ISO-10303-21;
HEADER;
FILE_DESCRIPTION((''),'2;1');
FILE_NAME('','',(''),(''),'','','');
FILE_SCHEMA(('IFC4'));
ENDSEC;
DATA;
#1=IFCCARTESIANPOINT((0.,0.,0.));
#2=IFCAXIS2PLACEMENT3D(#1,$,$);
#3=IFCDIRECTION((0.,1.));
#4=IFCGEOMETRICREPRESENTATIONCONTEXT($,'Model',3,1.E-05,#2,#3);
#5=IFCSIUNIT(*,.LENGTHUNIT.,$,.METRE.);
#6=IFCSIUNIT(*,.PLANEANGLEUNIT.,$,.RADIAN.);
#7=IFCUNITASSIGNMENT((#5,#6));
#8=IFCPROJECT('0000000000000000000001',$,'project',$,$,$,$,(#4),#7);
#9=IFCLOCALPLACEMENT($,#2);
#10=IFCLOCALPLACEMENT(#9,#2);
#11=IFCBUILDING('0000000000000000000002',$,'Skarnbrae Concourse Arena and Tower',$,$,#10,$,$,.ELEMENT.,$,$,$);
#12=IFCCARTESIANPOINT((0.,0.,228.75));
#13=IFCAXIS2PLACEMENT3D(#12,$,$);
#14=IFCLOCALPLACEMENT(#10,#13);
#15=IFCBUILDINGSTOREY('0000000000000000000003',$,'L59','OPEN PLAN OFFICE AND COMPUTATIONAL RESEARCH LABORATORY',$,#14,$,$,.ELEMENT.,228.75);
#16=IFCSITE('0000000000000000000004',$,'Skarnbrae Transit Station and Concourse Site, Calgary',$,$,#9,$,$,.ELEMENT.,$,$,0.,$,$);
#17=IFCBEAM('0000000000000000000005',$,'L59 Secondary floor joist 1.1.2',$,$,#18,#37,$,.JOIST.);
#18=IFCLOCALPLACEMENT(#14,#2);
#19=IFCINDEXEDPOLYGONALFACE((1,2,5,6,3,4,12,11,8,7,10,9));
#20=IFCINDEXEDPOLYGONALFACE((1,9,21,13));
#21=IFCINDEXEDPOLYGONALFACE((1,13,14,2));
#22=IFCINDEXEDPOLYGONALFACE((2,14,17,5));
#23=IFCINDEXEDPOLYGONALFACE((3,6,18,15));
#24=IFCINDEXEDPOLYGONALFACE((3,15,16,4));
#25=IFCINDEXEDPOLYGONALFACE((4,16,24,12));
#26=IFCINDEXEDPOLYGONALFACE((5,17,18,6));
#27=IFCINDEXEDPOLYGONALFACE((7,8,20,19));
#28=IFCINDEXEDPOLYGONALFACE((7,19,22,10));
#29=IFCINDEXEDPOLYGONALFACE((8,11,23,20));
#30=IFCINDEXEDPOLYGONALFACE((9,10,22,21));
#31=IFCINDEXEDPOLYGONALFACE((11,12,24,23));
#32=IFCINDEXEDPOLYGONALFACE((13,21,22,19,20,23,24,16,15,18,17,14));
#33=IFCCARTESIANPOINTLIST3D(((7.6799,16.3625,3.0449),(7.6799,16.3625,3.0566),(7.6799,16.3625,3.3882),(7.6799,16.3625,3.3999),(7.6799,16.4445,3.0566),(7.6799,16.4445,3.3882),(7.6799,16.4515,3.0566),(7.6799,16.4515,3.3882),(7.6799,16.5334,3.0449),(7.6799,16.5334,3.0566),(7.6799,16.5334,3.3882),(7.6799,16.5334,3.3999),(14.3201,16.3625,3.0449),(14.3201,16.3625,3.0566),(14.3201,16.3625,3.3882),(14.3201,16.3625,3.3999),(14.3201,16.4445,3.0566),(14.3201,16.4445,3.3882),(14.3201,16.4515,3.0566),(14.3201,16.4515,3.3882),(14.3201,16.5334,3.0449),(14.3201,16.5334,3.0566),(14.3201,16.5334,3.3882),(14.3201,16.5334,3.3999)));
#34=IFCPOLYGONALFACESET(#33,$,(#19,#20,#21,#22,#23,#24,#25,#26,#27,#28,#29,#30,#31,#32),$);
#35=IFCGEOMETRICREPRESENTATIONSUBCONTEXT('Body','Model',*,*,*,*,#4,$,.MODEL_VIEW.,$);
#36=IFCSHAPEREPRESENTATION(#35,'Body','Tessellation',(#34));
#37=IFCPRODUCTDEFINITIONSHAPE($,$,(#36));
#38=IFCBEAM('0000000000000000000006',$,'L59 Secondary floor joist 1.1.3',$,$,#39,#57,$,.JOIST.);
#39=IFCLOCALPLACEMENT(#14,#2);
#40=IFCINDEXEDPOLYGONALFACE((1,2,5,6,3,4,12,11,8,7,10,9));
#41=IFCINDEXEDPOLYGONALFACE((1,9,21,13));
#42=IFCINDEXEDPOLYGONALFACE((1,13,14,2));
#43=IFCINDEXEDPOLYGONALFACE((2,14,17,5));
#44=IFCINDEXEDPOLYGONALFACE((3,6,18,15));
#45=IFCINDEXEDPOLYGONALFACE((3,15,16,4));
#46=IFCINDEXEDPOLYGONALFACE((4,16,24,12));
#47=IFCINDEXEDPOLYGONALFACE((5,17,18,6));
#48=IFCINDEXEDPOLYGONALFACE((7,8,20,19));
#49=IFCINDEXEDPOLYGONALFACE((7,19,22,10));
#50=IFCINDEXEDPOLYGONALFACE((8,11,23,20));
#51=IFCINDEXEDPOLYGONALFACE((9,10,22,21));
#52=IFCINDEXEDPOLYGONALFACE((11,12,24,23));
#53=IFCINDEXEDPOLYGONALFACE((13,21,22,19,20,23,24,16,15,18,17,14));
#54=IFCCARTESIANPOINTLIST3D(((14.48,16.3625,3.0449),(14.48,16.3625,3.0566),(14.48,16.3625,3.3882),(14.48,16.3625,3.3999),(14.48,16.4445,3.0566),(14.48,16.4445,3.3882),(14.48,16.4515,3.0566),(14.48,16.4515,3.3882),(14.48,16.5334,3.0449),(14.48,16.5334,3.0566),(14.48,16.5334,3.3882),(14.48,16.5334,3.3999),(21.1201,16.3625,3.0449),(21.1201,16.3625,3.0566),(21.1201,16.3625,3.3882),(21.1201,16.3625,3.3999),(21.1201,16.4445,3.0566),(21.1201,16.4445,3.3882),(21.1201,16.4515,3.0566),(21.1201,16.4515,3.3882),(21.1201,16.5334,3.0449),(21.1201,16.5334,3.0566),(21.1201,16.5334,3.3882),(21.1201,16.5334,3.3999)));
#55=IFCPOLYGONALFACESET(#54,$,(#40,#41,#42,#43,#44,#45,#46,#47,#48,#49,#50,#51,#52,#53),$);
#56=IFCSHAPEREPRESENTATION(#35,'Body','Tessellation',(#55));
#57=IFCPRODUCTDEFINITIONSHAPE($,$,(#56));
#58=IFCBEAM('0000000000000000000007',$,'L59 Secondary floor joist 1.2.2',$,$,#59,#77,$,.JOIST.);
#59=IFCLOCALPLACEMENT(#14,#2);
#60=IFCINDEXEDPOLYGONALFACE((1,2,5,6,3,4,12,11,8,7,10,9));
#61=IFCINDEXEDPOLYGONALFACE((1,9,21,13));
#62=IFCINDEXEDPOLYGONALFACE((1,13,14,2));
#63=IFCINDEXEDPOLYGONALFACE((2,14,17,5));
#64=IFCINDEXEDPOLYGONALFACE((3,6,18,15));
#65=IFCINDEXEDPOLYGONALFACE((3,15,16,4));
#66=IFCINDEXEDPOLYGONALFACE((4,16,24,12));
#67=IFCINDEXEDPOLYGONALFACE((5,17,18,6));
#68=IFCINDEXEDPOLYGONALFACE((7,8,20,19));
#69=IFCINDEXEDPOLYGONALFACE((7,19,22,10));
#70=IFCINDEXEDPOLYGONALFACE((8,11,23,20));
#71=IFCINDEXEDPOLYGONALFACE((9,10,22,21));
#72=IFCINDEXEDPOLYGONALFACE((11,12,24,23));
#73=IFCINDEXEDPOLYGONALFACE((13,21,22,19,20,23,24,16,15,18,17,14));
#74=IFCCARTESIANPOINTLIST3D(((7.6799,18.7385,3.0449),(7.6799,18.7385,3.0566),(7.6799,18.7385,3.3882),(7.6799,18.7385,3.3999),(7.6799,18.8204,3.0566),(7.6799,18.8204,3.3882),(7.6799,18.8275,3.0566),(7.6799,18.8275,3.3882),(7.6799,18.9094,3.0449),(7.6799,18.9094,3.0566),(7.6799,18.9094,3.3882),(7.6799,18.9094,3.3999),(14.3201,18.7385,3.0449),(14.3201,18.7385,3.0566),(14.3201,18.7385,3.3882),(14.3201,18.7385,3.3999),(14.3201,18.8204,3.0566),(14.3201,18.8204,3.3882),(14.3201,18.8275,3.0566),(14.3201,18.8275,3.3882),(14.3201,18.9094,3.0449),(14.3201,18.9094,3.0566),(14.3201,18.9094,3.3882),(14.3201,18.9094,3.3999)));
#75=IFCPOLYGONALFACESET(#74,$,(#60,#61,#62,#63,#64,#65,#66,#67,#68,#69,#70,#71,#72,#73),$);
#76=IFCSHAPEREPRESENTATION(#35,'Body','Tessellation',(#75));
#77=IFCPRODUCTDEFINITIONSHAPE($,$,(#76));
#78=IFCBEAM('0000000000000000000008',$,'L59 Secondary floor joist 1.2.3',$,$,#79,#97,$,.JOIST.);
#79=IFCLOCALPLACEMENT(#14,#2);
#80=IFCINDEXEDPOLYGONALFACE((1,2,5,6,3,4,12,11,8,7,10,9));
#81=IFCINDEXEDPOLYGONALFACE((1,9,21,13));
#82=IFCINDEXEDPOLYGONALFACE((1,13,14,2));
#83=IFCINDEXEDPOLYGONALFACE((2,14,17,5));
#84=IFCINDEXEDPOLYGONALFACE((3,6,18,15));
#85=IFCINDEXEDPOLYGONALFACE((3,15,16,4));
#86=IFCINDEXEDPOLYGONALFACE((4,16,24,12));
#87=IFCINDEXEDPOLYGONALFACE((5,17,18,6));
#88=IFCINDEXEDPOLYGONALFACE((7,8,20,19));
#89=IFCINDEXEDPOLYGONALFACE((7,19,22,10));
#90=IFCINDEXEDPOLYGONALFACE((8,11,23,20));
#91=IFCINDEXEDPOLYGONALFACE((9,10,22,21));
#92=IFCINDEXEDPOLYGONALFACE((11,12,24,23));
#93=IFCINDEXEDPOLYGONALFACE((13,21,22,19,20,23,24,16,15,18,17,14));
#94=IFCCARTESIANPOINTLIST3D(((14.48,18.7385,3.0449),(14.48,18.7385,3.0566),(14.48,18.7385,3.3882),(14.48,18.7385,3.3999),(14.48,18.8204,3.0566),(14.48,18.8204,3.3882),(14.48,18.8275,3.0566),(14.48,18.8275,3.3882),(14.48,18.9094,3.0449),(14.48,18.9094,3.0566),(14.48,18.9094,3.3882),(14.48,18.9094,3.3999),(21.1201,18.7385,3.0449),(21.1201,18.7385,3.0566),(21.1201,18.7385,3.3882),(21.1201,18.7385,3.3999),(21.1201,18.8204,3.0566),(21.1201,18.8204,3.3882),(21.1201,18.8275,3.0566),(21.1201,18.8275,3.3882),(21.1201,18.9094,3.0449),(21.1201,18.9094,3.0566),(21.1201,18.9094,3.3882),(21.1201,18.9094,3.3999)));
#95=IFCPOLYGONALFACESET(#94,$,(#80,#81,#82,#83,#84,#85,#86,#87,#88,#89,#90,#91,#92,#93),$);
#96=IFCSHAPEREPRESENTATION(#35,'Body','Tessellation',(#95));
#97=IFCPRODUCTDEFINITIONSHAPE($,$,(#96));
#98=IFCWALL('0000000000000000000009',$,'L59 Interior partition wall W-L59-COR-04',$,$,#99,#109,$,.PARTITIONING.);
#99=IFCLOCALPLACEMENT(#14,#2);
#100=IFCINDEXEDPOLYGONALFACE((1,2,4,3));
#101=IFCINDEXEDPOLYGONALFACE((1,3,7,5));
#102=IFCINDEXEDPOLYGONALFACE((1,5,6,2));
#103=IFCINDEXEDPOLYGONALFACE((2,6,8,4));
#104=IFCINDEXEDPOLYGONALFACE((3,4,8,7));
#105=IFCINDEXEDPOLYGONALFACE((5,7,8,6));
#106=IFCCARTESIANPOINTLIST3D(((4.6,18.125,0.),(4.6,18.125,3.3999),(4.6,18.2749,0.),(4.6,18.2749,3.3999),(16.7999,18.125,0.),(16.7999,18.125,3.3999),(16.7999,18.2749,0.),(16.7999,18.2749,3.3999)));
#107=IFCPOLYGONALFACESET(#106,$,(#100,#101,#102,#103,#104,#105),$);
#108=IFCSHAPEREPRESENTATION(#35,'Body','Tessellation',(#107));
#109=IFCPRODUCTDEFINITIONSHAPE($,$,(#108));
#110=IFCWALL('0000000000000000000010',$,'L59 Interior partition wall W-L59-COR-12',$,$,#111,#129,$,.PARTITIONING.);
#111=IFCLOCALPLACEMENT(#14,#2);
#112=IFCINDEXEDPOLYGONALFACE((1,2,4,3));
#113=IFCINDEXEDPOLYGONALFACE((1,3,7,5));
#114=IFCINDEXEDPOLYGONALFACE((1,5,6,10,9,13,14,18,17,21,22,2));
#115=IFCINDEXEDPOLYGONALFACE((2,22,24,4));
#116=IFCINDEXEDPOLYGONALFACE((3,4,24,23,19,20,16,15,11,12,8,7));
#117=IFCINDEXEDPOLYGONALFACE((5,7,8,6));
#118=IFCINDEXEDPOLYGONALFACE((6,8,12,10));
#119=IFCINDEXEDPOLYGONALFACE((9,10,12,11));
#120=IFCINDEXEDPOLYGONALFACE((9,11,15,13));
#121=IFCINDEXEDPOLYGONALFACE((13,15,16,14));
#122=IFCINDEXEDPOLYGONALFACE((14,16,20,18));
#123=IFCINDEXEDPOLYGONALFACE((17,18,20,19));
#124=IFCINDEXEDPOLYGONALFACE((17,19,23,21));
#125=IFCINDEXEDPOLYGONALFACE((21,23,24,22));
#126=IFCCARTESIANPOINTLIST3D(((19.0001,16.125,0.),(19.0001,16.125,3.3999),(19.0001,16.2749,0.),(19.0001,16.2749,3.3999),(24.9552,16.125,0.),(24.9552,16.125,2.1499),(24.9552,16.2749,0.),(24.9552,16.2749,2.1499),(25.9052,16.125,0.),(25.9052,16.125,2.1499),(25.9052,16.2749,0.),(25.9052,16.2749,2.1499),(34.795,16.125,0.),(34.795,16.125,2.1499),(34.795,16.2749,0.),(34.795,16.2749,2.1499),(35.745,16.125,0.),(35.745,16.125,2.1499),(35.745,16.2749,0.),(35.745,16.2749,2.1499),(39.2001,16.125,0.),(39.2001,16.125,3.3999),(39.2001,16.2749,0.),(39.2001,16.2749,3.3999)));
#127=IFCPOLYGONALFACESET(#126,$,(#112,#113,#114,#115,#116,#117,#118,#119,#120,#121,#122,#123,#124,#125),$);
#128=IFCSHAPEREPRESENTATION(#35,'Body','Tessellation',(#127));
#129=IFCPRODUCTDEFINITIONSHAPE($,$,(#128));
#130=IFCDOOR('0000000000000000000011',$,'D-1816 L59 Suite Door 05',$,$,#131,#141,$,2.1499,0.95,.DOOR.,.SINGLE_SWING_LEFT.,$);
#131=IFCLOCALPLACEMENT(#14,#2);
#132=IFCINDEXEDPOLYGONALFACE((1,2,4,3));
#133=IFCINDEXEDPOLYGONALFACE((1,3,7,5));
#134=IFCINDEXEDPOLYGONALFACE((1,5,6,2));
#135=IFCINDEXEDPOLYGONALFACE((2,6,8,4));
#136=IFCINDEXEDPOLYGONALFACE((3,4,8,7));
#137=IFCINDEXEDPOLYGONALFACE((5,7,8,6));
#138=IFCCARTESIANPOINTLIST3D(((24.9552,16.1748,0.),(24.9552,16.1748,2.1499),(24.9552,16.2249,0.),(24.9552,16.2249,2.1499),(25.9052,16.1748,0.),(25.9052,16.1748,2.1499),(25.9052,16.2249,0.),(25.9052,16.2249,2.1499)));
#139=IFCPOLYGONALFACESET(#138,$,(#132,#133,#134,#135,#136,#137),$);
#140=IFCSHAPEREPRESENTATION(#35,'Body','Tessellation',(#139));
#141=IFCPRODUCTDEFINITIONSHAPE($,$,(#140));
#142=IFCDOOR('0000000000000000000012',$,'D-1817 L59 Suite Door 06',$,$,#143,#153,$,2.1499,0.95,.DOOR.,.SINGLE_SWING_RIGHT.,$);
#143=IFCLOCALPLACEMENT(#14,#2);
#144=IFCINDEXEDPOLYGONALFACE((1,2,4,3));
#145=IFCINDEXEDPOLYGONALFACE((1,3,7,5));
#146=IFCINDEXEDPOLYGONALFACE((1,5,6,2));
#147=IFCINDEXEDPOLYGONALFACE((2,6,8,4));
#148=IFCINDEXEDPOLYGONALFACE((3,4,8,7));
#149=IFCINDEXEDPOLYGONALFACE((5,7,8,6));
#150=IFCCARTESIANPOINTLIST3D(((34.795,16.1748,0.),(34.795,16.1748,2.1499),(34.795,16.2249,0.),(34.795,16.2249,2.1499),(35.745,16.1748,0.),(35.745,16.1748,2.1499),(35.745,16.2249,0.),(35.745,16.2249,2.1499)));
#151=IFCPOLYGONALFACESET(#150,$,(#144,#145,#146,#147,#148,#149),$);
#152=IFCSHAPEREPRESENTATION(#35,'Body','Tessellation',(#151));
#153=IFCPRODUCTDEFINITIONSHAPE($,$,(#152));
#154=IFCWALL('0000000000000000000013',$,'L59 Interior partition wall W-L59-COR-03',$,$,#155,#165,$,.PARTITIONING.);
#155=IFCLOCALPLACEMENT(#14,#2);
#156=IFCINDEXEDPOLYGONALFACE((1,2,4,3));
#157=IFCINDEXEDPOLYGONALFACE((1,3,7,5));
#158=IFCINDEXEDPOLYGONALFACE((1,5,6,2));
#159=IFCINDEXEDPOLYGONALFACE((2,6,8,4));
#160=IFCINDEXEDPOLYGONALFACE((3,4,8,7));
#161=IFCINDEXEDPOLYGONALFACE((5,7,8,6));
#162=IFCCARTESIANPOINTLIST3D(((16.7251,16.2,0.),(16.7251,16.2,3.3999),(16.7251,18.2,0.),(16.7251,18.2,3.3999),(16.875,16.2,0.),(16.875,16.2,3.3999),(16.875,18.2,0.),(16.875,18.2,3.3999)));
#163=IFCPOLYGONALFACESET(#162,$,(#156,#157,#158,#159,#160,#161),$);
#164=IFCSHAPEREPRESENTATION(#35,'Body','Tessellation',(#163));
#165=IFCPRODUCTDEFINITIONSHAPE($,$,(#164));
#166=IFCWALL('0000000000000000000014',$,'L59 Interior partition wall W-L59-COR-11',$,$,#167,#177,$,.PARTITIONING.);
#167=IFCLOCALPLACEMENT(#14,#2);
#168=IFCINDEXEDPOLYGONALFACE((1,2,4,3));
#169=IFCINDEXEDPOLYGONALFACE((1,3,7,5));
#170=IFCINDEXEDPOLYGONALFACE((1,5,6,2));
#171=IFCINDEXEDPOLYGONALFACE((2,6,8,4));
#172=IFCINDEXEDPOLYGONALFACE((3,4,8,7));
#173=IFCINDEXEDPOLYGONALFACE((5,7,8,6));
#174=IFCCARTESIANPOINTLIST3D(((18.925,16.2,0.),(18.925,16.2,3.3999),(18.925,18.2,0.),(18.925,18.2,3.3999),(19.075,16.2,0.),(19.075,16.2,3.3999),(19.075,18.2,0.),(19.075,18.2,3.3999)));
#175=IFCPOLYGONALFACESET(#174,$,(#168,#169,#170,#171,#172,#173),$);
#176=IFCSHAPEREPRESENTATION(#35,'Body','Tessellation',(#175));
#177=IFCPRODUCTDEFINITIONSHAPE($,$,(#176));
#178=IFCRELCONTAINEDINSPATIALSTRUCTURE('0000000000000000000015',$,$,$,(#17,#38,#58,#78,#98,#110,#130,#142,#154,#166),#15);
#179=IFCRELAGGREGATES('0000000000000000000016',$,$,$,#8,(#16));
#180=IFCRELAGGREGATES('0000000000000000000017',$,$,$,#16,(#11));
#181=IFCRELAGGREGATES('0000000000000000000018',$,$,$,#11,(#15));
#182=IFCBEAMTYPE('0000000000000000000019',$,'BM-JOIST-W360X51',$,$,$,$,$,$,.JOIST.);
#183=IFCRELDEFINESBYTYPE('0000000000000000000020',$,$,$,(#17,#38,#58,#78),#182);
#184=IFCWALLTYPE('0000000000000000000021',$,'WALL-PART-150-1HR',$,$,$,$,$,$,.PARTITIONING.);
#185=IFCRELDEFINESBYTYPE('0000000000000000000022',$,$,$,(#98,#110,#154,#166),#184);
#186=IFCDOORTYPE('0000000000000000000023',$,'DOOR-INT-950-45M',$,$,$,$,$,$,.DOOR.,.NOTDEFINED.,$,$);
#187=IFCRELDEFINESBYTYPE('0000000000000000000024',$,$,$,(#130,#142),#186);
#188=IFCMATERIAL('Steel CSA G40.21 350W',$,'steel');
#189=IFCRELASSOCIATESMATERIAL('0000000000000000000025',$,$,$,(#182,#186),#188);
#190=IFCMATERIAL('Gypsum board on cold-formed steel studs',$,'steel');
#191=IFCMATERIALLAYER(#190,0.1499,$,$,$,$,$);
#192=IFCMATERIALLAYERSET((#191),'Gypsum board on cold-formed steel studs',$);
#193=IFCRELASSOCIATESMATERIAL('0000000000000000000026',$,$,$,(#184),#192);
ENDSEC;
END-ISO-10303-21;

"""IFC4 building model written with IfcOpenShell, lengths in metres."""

from ifc_helpers import new_model, si_unit, direction, frame, frame_2d, origin, origin_2d, place, context, subcontext, project, spatial, rectangle, i_section, extrude, source, transform, mapped, material, layer, layer_set, material_profile, profile_set, type_object, element, fill, save


model = new_model("IFC4")

# Units and contexts
model_context = context("Model", 3, precision=1e-05, world=origin(), true_north=direction((0.0, 1.0)))
body_context = subcontext(model_context, "Body", "Model", "MODEL_VIEW")
ifc_project = project(units=[si_unit("LENGTHUNIT", "METRE"), si_unit("PLANEANGLEUNIT", "RADIAN")], contexts=[model_context])

# Site, building, storey
site_placement = place(None, origin())
site = spatial("IfcSite", under=ifc_project, at=site_placement, Name="Skarnbrae Transit Station and Concourse Site, Calgary", CompositionType="ELEMENT", RefElevation=0.0)
building_placement = place(site_placement, origin())
building = spatial("IfcBuilding", under=site, at=building_placement, Name="Skarnbrae Concourse Arena and Tower", CompositionType="ELEMENT")
storey_placement = place(building_placement, frame((0.0, 0.0, 228.75)))
storey = spatial("IfcBuildingStorey", under=building, at=storey_placement, Name="L59", Description="OPEN PLAN OFFICE AND COMPUTATIONAL RESEARCH LABORATORY", CompositionType="ELEMENT", Elevation=228.75)

# Shared definitions
ifc_material_1 = material(Name="Steel CSA G40.21 350W", Category="steel")

# Beams
ifc_material_profile_1 = material_profile(ifc_material_1, i_section(OverallWidth=0.1709, OverallDepth=0.355, WebThickness=0.0071, FlangeThickness=0.0117, at=origin_2d()), Name="W360X51")
ifc_profile_set_1 = profile_set([ifc_material_profile_1], Name="Steel CSA G40.21 350W")
beam_type_1 = type_object("IfcBeamType", Name="BM-JOIST-W360X51", PredefinedType="JOIST", material=ifc_profile_set_1)
shared_shape_1 = source(origin(), body_context, "Body", "SweptSolid", [
    extrude(i_section(OverallWidth=0.1709, OverallDepth=0.355, WebThickness=0.0071, FlangeThickness=0.0117, at=origin_2d()), origin(), (0.0, 0.0, 1.0), 6.6401),
])
for number, where, z_axis, x_axis, name in (
    (1, (7.6799, 16.448, 3.2224), (1.0, 0.0, 0.0), (0.0, 1.0, 0.0), "L59 Secondary floor joist 1.1.2"),
    (2, (14.48, 16.448, 3.2224), (1.0, 0.0, 0.0), (0.0, 1.0, 0.0), "L59 Secondary floor joist 1.1.3"),
    (3, (7.6799, 18.824, 3.2224), (1.0, 0.0, 0.0), (0.0, 1.0, 0.0), "L59 Secondary floor joist 1.2.2"),
    (4, (14.48, 18.824, 3.2224), (1.0, 0.0, 0.0), (0.0, 1.0, 0.0), "L59 Secondary floor joist 1.2.3"),
):
    element("IfcBeam", number, at=place(storey_placement, frame(where, z_axis=z_axis, x_axis=x_axis)), inside=storey, type_object=beam_type_1, Name=name, PredefinedType="JOIST", context=body_context, shape_type="MappedRepresentation", body=[
        mapped(shared_shape_1, transform((0.0, 0.0, 0.0))),
    ])

# Wall
ifc_material_2 = material(Name="Gypsum board on cold-formed steel studs", Category="steel")
ifc_layer_1 = layer(ifc_material_2, 0.1499)
ifc_layer_set_1 = layer_set([ifc_layer_1], Name="Gypsum board on cold-formed steel studs")
wall_type_1 = type_object("IfcWallType", Name="WALL-PART-150-1HR", PredefinedType="PARTITIONING", material=ifc_layer_set_1)
shared_shape_2 = source(origin(), body_context, "Body", "SweptSolid", [
    extrude(rectangle(XDim=12.2, YDim=0.1499, at=frame_2d((6.1001, 0.0))), origin(), (0.0, 0.0, 1.0), 3.3999),
])
wall_1_placement = place(storey_placement, frame((16.8, 18.2, 0.0), z_axis=(0.0, 0.0, 1.0), x_axis=(-1.0, 0.0, 0.0)))
element("IfcWall", 5, at=wall_1_placement, inside=storey, type_object=wall_type_1, Name="L59 Interior partition wall W-L59-COR-04", PredefinedType="PARTITIONING", context=body_context, shape_type="MappedRepresentation", body=[
    mapped(shared_shape_2, transform((0.0, 0.0, 0.0))),
])

# Wall, openings, doors
shared_shape_3 = source(origin(), body_context, "Body", "SweptSolid", [
    extrude(rectangle(XDim=20.2, YDim=0.1499, at=frame_2d((10.1001, 0.0))), origin(), (0.0, 0.0, 1.0), 3.3999),
])
wall_2_placement = place(storey_placement, frame((19.0, 16.2, 0.0), z_axis=(0.0, 0.0, 1.0), x_axis=(1.0, 0.0, 0.0)))
wall_2 = element("IfcWall", 6, at=wall_2_placement, inside=storey, type_object=wall_type_1, Name="L59 Interior partition wall W-L59-COR-12", PredefinedType="PARTITIONING", context=body_context, shape_type="MappedRepresentation", body=[
    mapped(shared_shape_3, transform((0.0, 0.0, 0.0))),
])
opening_1_placement = place(wall_2_placement, frame((5.9551, 0.0, 0.0)))
opening_1 = element("IfcOpeningElement", 7, at=opening_1_placement, cuts=wall_2, PredefinedType="OPENING", context=body_context, shape_type="SweptSolid", body=[
    extrude(rectangle(XDim=0.95, YDim=2.1499, at=frame_2d((0.4751, 1.075))), frame((0.0, 0.085, 0.0), z_axis=(0.0, -1.0, 0.0), x_axis=(1.0, 0.0, 0.0)), (0.0, 0.0, 1.0), 0.1699),
])
opening_2_placement = place(wall_2_placement, frame((15.7949, 0.0, 0.0)))
opening_2 = element("IfcOpeningElement", 8, at=opening_2_placement, cuts=wall_2, PredefinedType="OPENING", context=body_context, shape_type="SweptSolid", body=[
    extrude(rectangle(XDim=0.95, YDim=2.1499, at=frame_2d((0.4751, 1.075))), frame((0.0, 0.085, 0.0), z_axis=(0.0, -1.0, 0.0), x_axis=(1.0, 0.0, 0.0)), (0.0, 0.0, 1.0), 0.1699),
])
door_type_1 = type_object("IfcDoorType", Name="DOOR-INT-950-45M", OperationType="NOTDEFINED", PredefinedType="DOOR", material=ifc_material_1)
shared_shape_4 = source(origin(), body_context, "Body", "SweptSolid", [
    extrude(rectangle(XDim=0.95, YDim=2.1499, at=frame_2d((0.4751, 1.075))), frame((0.0, 0.0249, 0.0), z_axis=(0.0, -1.0, 0.0), x_axis=(1.0, 0.0, 0.0)), (0.0, 0.0, 1.0), 0.05),
])
door_1_placement = place(opening_1_placement, origin())
door_1 = element("IfcDoor", 9, at=door_1_placement, inside=storey, type_object=door_type_1, Name="D-1816 L59 Suite Door 05", OperationType="SINGLE_SWING_LEFT", OverallHeight=2.1499, OverallWidth=0.95, PredefinedType="DOOR", context=body_context, shape_type="MappedRepresentation", body=[
    mapped(shared_shape_4, transform((0.0, 0.0, 0.0))),
])
fill(opening_1, door_1)
door_2_placement = place(opening_2_placement, origin())
door_2 = element("IfcDoor", 10, at=door_2_placement, inside=storey, type_object=door_type_1, Name="D-1817 L59 Suite Door 06", OperationType="SINGLE_SWING_RIGHT", OverallHeight=2.1499, OverallWidth=0.95, PredefinedType="DOOR", context=body_context, shape_type="MappedRepresentation", body=[
    mapped(shared_shape_4, transform((0.0, 0.0, 0.0))),
])
fill(opening_2, door_2)

# Walls
shared_shape_5 = source(origin(), body_context, "Body", "SweptSolid", [
    extrude(rectangle(XDim=2.0, YDim=0.1499, at=frame_2d((1.0, 0.0))), origin(), (0.0, 0.0, 1.0), 3.3999),
])
for number, where, z_axis, x_axis, name in (
    (11, (16.8, 16.2, 0.0), (0.0, 0.0, 1.0), (0.0, 1.0, 0.0), "L59 Interior partition wall W-L59-COR-03"),
    (12, (19.0, 18.2, 0.0), (0.0, 0.0, 1.0), (0.0, -1.0, 0.0), "L59 Interior partition wall W-L59-COR-11"),
):
    element("IfcWall", number, at=place(storey_placement, frame(where, z_axis=z_axis, x_axis=x_axis)), inside=storey, type_object=wall_type_1, Name=name, PredefinedType="PARTITIONING", context=body_context, shape_type="MappedRepresentation", body=[
        mapped(shared_shape_5, transform((0.0, 0.0, 0.0))),
    ])

save(model, "model.ifc")
